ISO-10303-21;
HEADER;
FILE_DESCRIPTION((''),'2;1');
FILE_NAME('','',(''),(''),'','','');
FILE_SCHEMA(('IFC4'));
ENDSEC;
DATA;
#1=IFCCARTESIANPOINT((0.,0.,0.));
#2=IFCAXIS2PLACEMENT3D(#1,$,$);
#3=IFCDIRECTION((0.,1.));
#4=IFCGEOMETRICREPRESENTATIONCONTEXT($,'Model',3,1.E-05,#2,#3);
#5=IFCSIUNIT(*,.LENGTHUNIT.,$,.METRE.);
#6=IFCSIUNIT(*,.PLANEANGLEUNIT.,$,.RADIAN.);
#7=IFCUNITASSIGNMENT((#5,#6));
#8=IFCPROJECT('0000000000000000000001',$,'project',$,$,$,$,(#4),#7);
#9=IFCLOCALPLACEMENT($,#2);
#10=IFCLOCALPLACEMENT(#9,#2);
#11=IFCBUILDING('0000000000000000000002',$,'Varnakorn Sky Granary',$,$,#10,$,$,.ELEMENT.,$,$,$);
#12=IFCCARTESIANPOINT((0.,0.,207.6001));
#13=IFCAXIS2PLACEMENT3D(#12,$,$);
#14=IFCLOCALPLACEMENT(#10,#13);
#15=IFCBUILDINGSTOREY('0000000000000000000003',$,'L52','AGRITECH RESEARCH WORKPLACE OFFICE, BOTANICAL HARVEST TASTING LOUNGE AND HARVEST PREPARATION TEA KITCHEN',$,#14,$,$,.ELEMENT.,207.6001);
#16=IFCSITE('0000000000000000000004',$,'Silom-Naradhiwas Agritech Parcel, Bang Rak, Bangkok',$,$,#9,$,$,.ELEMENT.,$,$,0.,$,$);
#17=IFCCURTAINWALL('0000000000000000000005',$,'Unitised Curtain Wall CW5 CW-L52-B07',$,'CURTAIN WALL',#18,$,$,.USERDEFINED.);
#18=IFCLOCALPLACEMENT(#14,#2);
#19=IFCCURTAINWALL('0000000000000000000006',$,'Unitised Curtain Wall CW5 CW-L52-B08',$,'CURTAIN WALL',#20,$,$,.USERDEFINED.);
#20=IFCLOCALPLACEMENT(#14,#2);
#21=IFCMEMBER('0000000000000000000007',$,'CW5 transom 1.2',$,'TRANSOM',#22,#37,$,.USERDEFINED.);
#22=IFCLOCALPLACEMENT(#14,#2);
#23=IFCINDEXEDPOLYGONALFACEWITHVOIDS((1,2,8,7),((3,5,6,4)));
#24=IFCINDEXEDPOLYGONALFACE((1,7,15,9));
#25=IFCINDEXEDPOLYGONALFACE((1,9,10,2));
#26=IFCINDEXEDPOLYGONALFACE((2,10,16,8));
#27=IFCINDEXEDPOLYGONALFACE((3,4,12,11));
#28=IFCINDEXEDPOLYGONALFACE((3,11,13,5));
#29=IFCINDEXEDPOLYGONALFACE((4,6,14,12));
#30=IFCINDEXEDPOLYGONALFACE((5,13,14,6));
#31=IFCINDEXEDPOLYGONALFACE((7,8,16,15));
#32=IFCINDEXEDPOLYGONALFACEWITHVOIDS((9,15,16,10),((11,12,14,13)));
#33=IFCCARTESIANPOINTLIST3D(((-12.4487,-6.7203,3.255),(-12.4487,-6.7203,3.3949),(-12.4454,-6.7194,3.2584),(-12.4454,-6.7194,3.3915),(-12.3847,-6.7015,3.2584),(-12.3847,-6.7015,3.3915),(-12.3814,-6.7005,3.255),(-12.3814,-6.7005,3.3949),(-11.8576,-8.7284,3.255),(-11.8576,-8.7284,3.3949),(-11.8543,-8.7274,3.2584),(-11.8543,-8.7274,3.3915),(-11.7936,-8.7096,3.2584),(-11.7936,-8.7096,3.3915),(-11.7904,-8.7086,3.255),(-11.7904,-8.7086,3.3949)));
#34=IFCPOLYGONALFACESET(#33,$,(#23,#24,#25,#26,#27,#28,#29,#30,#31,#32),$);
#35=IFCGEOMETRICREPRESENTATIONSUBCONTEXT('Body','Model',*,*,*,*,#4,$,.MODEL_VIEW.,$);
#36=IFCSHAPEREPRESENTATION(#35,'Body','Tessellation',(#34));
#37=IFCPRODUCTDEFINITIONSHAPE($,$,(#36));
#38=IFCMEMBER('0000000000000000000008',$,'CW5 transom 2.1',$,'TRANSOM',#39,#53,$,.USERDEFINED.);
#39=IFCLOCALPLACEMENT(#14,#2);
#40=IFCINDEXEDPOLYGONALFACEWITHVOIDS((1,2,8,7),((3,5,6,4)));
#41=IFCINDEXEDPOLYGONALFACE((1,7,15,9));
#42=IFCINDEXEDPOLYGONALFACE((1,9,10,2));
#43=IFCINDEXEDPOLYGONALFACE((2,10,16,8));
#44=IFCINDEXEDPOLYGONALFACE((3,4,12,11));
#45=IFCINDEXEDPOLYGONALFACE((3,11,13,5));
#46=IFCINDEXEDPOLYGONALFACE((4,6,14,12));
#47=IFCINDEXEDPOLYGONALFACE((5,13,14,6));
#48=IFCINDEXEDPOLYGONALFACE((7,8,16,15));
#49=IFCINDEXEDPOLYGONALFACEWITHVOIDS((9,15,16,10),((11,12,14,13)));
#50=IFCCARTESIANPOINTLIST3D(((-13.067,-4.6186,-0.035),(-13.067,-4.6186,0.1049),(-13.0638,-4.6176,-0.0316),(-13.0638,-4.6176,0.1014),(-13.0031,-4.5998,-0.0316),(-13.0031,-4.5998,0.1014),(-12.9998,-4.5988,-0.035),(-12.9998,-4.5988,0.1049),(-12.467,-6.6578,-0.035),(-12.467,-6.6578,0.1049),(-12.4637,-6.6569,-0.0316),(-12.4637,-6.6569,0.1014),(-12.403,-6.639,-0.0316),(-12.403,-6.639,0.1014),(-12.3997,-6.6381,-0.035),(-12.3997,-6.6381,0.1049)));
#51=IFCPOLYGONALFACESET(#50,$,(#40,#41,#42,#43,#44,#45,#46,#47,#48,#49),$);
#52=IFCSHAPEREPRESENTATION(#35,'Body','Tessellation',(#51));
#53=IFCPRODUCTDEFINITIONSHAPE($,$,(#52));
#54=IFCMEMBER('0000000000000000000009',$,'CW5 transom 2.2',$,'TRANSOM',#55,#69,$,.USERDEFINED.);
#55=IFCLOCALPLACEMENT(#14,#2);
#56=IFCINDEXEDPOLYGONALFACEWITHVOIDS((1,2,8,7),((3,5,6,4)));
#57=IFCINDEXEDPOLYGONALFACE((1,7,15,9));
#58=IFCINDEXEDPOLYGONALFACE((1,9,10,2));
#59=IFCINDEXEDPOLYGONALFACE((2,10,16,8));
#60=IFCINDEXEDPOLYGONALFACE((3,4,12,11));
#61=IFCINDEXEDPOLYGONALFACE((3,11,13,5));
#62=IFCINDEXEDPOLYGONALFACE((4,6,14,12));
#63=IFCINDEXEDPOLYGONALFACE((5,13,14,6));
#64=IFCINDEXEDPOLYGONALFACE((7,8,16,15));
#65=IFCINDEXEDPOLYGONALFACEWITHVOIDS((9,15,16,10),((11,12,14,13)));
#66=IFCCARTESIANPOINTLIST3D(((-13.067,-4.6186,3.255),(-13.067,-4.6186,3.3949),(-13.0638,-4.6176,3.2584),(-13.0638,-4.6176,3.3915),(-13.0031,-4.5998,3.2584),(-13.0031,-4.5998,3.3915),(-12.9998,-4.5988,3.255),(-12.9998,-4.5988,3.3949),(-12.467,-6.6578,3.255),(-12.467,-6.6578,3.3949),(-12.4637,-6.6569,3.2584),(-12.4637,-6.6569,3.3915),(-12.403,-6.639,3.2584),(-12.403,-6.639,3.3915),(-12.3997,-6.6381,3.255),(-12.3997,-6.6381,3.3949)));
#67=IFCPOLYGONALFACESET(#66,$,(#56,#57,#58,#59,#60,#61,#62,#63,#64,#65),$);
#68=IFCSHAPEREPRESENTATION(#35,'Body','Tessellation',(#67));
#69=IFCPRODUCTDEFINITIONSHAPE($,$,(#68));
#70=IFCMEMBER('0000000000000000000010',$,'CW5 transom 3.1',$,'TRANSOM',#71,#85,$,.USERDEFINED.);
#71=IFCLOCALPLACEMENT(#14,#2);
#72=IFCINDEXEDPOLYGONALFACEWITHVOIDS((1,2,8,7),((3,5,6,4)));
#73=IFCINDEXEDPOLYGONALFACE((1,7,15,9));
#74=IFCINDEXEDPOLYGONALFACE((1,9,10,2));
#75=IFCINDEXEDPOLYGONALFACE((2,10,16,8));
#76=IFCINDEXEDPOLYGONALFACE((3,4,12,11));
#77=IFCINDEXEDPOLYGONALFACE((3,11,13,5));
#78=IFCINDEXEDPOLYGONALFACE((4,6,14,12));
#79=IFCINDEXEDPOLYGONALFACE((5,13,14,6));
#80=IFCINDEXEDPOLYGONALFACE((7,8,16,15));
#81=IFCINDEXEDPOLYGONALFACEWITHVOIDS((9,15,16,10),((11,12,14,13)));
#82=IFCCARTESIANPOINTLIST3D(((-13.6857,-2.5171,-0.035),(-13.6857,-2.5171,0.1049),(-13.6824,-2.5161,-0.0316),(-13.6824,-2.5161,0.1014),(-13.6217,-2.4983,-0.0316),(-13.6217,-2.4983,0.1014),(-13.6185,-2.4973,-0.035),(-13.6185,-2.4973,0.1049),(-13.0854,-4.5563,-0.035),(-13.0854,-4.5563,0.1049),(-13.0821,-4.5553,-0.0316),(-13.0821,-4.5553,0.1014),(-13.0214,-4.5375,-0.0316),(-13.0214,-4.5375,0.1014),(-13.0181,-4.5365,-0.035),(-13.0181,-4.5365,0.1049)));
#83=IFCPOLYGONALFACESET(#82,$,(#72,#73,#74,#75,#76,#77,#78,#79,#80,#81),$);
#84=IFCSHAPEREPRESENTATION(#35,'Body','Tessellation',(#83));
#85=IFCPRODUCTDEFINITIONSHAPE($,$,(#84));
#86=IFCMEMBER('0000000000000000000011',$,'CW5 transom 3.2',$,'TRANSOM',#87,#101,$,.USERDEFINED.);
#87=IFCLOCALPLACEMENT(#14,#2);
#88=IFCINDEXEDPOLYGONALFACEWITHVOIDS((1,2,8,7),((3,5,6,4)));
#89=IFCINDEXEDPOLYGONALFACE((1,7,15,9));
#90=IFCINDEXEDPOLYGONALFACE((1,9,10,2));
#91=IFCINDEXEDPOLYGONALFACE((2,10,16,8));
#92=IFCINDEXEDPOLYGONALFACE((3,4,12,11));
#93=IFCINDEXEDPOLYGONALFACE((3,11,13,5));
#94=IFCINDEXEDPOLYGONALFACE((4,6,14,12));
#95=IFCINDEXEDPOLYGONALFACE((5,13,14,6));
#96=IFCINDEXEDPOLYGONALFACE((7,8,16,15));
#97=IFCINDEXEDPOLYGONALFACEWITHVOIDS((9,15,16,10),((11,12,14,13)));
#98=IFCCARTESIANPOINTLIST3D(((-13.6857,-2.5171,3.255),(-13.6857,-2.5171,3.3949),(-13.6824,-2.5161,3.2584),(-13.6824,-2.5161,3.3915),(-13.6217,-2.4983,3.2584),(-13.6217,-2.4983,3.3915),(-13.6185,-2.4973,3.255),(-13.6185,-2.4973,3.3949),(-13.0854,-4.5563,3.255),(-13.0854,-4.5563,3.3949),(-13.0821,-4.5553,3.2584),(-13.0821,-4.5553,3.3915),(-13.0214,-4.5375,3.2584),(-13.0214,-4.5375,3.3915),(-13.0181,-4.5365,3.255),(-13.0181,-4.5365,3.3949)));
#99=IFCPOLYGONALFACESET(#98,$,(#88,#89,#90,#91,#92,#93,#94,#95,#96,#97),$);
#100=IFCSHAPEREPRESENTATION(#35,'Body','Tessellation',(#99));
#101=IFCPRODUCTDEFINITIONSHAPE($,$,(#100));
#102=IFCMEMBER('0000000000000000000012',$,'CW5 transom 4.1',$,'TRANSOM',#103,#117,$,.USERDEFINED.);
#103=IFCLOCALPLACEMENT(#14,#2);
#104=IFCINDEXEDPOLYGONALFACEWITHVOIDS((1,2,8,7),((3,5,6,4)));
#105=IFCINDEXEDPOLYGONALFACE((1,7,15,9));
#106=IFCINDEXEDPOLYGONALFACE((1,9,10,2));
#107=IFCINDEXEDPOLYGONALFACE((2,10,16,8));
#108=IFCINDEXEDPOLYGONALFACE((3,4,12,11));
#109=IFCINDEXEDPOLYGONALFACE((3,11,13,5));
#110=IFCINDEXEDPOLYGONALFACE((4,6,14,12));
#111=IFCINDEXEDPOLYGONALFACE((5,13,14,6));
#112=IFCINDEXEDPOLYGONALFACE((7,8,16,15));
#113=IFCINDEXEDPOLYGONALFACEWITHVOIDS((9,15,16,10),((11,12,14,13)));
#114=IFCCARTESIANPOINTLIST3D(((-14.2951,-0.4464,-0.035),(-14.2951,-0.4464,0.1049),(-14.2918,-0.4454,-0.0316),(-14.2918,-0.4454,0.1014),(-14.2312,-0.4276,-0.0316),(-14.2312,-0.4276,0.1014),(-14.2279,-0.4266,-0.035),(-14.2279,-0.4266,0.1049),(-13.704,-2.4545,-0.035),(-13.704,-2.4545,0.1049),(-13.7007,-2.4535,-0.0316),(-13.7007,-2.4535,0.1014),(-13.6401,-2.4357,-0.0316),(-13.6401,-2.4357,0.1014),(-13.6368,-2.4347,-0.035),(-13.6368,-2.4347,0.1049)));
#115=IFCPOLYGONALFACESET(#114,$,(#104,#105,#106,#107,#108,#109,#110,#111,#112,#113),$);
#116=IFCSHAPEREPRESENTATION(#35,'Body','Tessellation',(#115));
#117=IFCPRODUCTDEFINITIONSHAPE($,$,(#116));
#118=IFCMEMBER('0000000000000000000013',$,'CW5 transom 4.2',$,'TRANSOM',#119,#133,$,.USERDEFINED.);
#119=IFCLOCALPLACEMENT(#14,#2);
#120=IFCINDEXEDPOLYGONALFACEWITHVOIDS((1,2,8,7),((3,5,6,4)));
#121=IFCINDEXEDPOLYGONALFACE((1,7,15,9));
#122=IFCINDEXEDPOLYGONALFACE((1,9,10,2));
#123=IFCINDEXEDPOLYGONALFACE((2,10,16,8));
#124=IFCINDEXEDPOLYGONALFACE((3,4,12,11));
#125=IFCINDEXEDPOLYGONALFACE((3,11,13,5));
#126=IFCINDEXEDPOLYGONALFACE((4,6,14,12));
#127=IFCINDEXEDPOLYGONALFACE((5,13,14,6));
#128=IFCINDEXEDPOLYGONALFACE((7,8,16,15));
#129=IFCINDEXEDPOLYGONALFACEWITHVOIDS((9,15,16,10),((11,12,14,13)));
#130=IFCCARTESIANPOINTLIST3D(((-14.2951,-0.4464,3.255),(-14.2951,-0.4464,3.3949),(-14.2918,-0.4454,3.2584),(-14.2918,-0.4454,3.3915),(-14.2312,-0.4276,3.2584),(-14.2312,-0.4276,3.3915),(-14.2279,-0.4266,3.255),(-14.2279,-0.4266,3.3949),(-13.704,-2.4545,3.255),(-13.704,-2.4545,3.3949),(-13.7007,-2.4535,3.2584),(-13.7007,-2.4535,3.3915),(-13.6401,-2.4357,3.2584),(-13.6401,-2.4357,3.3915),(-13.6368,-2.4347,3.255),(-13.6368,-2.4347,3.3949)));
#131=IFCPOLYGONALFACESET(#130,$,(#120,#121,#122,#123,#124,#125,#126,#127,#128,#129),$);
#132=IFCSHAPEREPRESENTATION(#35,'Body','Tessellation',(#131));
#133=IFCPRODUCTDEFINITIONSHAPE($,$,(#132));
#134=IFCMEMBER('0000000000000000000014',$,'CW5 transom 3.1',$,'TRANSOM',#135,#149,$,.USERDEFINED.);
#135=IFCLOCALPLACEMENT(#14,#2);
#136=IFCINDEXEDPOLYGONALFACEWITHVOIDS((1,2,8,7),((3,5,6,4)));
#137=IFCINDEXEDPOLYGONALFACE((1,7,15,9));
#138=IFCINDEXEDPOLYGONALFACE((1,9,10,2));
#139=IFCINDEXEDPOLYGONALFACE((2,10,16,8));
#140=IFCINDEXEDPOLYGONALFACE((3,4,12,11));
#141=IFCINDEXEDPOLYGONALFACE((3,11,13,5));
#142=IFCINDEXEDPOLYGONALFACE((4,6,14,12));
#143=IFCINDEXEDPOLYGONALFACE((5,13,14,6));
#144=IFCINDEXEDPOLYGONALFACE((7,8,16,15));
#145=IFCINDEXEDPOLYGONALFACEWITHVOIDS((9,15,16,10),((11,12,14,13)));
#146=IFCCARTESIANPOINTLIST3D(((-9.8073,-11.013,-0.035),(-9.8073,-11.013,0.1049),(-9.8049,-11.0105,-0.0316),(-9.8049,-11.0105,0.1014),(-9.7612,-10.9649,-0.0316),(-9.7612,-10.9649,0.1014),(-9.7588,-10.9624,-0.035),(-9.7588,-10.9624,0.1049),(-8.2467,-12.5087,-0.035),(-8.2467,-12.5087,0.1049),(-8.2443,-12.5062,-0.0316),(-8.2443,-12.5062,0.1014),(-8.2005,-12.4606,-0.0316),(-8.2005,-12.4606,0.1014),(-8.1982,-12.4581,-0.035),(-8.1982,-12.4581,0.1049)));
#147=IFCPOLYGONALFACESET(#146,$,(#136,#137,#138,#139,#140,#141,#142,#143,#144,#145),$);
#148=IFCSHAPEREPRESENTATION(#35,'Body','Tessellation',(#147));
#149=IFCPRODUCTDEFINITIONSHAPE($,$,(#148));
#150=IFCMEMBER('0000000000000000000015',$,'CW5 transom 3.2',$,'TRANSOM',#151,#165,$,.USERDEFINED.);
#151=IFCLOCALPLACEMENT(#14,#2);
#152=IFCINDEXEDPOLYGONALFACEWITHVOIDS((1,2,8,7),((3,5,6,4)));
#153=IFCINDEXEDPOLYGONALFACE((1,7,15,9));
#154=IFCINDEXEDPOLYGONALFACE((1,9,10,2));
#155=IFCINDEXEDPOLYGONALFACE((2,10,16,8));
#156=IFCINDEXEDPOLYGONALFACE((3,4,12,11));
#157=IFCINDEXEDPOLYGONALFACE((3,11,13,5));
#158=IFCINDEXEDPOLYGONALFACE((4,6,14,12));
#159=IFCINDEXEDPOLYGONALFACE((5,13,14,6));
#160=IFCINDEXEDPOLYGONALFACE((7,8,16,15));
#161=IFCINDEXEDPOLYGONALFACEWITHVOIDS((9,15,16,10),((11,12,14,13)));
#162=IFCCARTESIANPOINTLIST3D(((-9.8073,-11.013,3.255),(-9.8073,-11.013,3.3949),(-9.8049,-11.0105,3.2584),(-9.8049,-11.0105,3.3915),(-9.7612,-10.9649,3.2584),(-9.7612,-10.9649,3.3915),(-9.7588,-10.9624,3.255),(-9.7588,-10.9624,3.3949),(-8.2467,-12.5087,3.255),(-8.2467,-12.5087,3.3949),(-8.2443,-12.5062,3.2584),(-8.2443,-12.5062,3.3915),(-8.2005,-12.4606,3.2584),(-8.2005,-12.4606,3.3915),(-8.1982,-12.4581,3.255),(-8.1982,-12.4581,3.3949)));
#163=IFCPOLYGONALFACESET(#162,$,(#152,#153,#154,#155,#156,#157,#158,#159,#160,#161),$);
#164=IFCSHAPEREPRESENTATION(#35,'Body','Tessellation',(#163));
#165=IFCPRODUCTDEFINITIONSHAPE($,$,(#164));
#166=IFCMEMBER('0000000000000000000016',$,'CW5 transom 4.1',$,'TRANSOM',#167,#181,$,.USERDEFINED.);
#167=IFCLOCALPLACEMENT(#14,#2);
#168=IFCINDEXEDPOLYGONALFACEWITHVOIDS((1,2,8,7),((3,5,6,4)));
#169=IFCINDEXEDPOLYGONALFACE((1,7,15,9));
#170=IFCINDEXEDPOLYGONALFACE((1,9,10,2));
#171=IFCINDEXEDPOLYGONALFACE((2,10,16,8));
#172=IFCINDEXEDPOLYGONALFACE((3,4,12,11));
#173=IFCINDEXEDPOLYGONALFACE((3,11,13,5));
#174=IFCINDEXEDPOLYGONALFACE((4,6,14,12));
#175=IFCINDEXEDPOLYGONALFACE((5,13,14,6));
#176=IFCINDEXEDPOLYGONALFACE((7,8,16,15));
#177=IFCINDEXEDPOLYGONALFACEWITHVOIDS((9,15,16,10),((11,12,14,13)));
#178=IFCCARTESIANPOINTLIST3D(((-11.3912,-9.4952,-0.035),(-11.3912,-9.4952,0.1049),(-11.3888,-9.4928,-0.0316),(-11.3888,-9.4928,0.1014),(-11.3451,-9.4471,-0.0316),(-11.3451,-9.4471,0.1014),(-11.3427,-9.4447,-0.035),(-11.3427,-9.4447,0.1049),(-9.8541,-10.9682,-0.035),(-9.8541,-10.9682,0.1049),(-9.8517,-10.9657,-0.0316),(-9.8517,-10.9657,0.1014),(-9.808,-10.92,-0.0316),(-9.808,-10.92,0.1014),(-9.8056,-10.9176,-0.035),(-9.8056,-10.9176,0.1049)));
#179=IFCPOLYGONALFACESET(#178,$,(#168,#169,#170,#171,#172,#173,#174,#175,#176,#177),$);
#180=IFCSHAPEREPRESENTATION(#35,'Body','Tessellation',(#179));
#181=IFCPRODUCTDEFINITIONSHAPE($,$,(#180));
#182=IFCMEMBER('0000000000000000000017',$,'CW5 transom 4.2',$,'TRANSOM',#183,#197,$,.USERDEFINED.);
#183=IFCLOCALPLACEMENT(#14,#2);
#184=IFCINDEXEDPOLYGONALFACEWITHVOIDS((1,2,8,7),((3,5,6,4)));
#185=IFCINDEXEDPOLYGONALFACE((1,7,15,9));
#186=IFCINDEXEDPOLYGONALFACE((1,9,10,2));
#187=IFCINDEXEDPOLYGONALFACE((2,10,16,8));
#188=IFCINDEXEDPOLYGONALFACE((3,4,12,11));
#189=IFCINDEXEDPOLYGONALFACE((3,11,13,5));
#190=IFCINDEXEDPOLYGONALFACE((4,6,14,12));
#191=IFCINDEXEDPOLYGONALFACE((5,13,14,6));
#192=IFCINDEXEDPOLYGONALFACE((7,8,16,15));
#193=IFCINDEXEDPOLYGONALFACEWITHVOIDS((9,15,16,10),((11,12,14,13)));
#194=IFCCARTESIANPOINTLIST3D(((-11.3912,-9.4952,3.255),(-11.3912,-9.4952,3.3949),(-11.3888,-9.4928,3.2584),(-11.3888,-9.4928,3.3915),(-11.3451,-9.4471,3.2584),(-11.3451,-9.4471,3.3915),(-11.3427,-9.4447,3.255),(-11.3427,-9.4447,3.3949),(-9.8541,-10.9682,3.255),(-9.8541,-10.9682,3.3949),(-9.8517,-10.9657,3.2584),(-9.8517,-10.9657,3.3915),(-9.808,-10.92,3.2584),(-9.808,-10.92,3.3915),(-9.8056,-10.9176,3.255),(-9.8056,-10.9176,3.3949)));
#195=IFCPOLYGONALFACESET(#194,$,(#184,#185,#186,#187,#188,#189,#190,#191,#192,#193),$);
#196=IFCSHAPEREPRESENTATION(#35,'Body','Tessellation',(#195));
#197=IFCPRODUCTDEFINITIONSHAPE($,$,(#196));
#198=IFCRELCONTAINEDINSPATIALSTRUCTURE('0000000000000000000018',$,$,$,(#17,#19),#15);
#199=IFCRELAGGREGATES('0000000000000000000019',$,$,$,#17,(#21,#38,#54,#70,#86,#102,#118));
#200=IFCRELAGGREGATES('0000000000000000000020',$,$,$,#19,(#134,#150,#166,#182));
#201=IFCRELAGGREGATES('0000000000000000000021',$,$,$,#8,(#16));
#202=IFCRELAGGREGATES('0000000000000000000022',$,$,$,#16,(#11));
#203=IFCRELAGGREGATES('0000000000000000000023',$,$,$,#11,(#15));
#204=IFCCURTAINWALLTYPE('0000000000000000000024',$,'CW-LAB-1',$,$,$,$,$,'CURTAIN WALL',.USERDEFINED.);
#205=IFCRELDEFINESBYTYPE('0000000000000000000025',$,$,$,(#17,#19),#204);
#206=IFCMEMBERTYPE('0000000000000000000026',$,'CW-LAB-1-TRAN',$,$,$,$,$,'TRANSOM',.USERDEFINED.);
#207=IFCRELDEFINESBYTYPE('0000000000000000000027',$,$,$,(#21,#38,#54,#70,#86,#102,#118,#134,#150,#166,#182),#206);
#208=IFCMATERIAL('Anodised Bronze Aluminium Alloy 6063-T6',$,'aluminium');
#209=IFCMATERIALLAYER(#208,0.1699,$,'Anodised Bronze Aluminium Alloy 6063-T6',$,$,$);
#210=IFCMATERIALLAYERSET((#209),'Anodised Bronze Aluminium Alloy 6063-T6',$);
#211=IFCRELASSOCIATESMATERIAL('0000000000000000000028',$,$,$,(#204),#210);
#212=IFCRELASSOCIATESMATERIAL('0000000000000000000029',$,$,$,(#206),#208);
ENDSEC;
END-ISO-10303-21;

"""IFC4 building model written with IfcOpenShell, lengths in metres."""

from ifc_helpers import new_model, si_unit, direction, frame, origin, origin_2d, place, context, subcontext, project, spatial, hollow_rectangle, extrude, material, layer, layer_set, material_profile, profile_set, type_object, element, aggregate, save


model = new_model("IFC4")

# Units and contexts
model_context = context("Model", 3, precision=1e-05, world=origin(), true_north=direction((0.0, 1.0)))
body_context = subcontext(model_context, "Body", "Model", "MODEL_VIEW")
ifc_project = project(units=[si_unit("LENGTHUNIT", "METRE"), si_unit("PLANEANGLEUNIT", "RADIAN")], contexts=[model_context])

# Site, building, storey
site_placement = place(None, origin())
site = spatial("IfcSite", under=ifc_project, at=site_placement, Name="Silom-Naradhiwas Agritech Parcel, Bang Rak, Bangkok", CompositionType="ELEMENT", RefElevation=0.0)
building_placement = place(site_placement, origin())
building = spatial("IfcBuilding", under=site, at=building_placement, Name="Varnakorn Sky Granary", CompositionType="ELEMENT")
storey_placement = place(building_placement, frame((0.0, 0.0, 207.6001)))
storey = spatial("IfcBuildingStorey", under=building, at=storey_placement, Name="L52", Description="AGRITECH RESEARCH WORKPLACE OFFICE, BOTANICAL HARVEST TASTING LOUNGE AND HARVEST PREPARATION TEA KITCHEN", CompositionType="ELEMENT", Elevation=207.6001)

# Curtain walls
ifc_material_1 = material(Name="Anodised Bronze Aluminium Alloy 6063-T6", Category="aluminium")
ifc_layer_1 = layer(ifc_material_1, 0.1699, Name="Anodised Bronze Aluminium Alloy 6063-T6")
ifc_layer_set_1 = layer_set([ifc_layer_1], Name="Anodised Bronze Aluminium Alloy 6063-T6")
curtain_wall_type = type_object("IfcCurtainWallType", Name="CW-LAB-1", ElementType="CURTAIN WALL", PredefinedType="USERDEFINED", material=ifc_layer_set_1)
curtain_wall_1_placement = place(storey_placement, origin())
curtain_wall_1 = element("IfcCurtainWall", 1, at=curtain_wall_1_placement, inside=storey, type_object=curtain_wall_type, Name="Unitised Curtain Wall CW5 CW-L52-B07", ObjectType="CURTAIN WALL", PredefinedType="USERDEFINED")
curtain_wall_2_placement = place(storey_placement, origin())
curtain_wall_2 = element("IfcCurtainWall", 2, at=curtain_wall_2_placement, inside=storey, type_object=curtain_wall_type, Name="Unitised Curtain Wall CW5 CW-L52-B08", ObjectType="CURTAIN WALL", PredefinedType="USERDEFINED")

# Members
ifc_material_profile_1 = material_profile(ifc_material_1, hollow_rectangle(XDim=0.0701, YDim=0.1399, WallThickness=0.0034, at=origin_2d()), Name="ALU TRAN 70x140")
ifc_profile_set_1 = profile_set([ifc_material_profile_1], Name="Anodised Bronze Aluminium Alloy 6063-T6")
member_type_1 = type_object("IfcMemberType", Name="CW-LAB-1-TRAN", ElementType="TRANSOM", PredefinedType="USERDEFINED", material=ifc_profile_set_1)
member_1_placement = place(storey_placement, frame((-11.824, -8.7185, 3.325), z_axis=(-0.282368, 0.959306, 0.0), x_axis=(-0.959306, -0.282368, 0.0)))
member_1 = element("IfcMember", 3, at=member_1_placement, type_object=member_type_1, Name="CW5 transom 1.2", ObjectType="TRANSOM", PredefinedType="USERDEFINED", context=body_context, shape_type="SweptSolid", body=[
    extrude(hollow_rectangle(XDim=0.0701, YDim=0.1399, WallThickness=0.0034, at=origin_2d()), origin(), (0.0, 0.0, 1.0), 2.0933),
])
member_2_placement = place(storey_placement, frame((-12.4333, -6.6479, 0.0349), z_axis=(-0.282297, 0.959327, 0.0), x_axis=(-0.959327, -0.282297, 0.0)))
member_2 = element("IfcMember", 4, at=member_2_placement, type_object=member_type_1, Name="CW5 transom 2.1", ObjectType="TRANSOM", PredefinedType="USERDEFINED", context=body_context, shape_type="SweptSolid", body=[
    extrude(hollow_rectangle(XDim=0.0701, YDim=0.1399, WallThickness=0.0034, at=origin_2d()), origin(), (0.0, 0.0, 1.0), 2.1257),
])
member_3_placement = place(storey_placement, frame((-12.4333, -6.6479, 3.325), z_axis=(-0.282297, 0.959327, 0.0), x_axis=(-0.959327, -0.282297, 0.0)))
member_3 = element("IfcMember", 5, at=member_3_placement, type_object=member_type_1, Name="CW5 transom 2.2", ObjectType="TRANSOM", PredefinedType="USERDEFINED", context=body_context, shape_type="SweptSolid", body=[
    extrude(hollow_rectangle(XDim=0.0701, YDim=0.1399, WallThickness=0.0034, at=origin_2d()), origin(), (0.0, 0.0, 1.0), 2.1257),
])
member_4_placement = place(storey_placement, frame((-13.0518, -4.5464, 0.0349), z_axis=(-0.282403, 0.959296, 0.0), x_axis=(-0.959296, -0.282403, 0.0)))
member_4 = element("IfcMember", 6, at=member_4_placement, type_object=member_type_1, Name="CW5 transom 3.1", ObjectType="TRANSOM", PredefinedType="USERDEFINED", context=body_context, shape_type="SweptSolid", body=[
    extrude(hollow_rectangle(XDim=0.0701, YDim=0.1399, WallThickness=0.0034, at=origin_2d()), origin(), (0.0, 0.0, 1.0), 2.1257),
])
member_5_placement = place(storey_placement, frame((-13.0518, -4.5464, 3.325), z_axis=(-0.282403, 0.959296, 0.0), x_axis=(-0.959296, -0.282403, 0.0)))
member_5 = element("IfcMember", 7, at=member_5_placement, type_object=member_type_1, Name="CW5 transom 3.2", ObjectType="TRANSOM", PredefinedType="USERDEFINED", context=body_context, shape_type="SweptSolid", body=[
    extrude(hollow_rectangle(XDim=0.0701, YDim=0.1399, WallThickness=0.0034, at=origin_2d()), origin(), (0.0, 0.0, 1.0), 2.1257),
])
member_6_placement = place(storey_placement, frame((-13.6704, -2.4446, 0.0349), z_axis=(-0.282368, 0.959306, 0.0), x_axis=(-0.959306, -0.282368, 0.0)))
member_6 = element("IfcMember", 8, at=member_6_placement, type_object=member_type_1, Name="CW5 transom 4.1", ObjectType="TRANSOM", PredefinedType="USERDEFINED", context=body_context, shape_type="SweptSolid", body=[
    extrude(hollow_rectangle(XDim=0.0701, YDim=0.1399, WallThickness=0.0034, at=origin_2d()), origin(), (0.0, 0.0, 1.0), 2.0933),
])
member_7_placement = place(storey_placement, frame((-13.6704, -2.4446, 3.325), z_axis=(-0.282368, 0.959306, 0.0), x_axis=(-0.959306, -0.282368, 0.0)))
member_7 = element("IfcMember", 9, at=member_7_placement, type_object=member_type_1, Name="CW5 transom 4.2", ObjectType="TRANSOM", PredefinedType="USERDEFINED", context=body_context, shape_type="SweptSolid", body=[
    extrude(hollow_rectangle(XDim=0.0701, YDim=0.1399, WallThickness=0.0034, at=origin_2d()), origin(), (0.0, 0.0, 1.0), 2.0933),
])
member_8_placement = place(storey_placement, frame((-8.2224, -12.4834, 0.0349), z_axis=(-0.721969, 0.691925, 0.0), x_axis=(-0.691925, -0.721969, 0.0)))
member_8 = element("IfcMember", 10, at=member_8_placement, type_object=member_type_1, Name="CW5 transom 3.1", ObjectType="TRANSOM", PredefinedType="USERDEFINED", context=body_context, shape_type="SweptSolid", body=[
    extrude(hollow_rectangle(XDim=0.0701, YDim=0.1399, WallThickness=0.0034, at=origin_2d()), origin(), (0.0, 0.0, 1.0), 2.1616),
])
member_9_placement = place(storey_placement, frame((-8.2224, -12.4834, 3.325), z_axis=(-0.721969, 0.691925, 0.0), x_axis=(-0.691925, -0.721969, 0.0)))
member_9 = element("IfcMember", 11, at=member_9_placement, type_object=member_type_1, Name="CW5 transom 3.2", ObjectType="TRANSOM", PredefinedType="USERDEFINED", context=body_context, shape_type="SweptSolid", body=[
    extrude(hollow_rectangle(XDim=0.0701, YDim=0.1399, WallThickness=0.0034, at=origin_2d()), origin(), (0.0, 0.0, 1.0), 2.1616),
])
member_10_placement = place(storey_placement, frame((-9.8298, -10.9429, 0.0349), z_axis=(-0.722026, 0.691866, 0.0), x_axis=(-0.691866, -0.722026, 0.0)))
member_10 = element("IfcMember", 12, at=member_10_placement, type_object=member_type_1, Name="CW5 transom 4.1", ObjectType="TRANSOM", PredefinedType="USERDEFINED", context=body_context, shape_type="SweptSolid", body=[
    extrude(hollow_rectangle(XDim=0.0701, YDim=0.1399, WallThickness=0.0034, at=origin_2d()), origin(), (0.0, 0.0, 1.0), 2.1289),
])
member_11_placement = place(storey_placement, frame((-9.8298, -10.9429, 3.325), z_axis=(-0.722026, 0.691866, 0.0), x_axis=(-0.691866, -0.722026, 0.0)))
member_11 = element("IfcMember", 13, at=member_11_placement, type_object=member_type_1, Name="CW5 transom 4.2", ObjectType="TRANSOM", PredefinedType="USERDEFINED", context=body_context, shape_type="SweptSolid", body=[
    extrude(hollow_rectangle(XDim=0.0701, YDim=0.1399, WallThickness=0.0034, at=origin_2d()), origin(), (0.0, 0.0, 1.0), 2.1289),
])

aggregate(curtain_wall_1, [member_1, member_2, member_3, member_4, member_5, member_6, member_7])
aggregate(curtain_wall_2, [member_8, member_9, member_10, member_11])

save(model, "model.ifc")
